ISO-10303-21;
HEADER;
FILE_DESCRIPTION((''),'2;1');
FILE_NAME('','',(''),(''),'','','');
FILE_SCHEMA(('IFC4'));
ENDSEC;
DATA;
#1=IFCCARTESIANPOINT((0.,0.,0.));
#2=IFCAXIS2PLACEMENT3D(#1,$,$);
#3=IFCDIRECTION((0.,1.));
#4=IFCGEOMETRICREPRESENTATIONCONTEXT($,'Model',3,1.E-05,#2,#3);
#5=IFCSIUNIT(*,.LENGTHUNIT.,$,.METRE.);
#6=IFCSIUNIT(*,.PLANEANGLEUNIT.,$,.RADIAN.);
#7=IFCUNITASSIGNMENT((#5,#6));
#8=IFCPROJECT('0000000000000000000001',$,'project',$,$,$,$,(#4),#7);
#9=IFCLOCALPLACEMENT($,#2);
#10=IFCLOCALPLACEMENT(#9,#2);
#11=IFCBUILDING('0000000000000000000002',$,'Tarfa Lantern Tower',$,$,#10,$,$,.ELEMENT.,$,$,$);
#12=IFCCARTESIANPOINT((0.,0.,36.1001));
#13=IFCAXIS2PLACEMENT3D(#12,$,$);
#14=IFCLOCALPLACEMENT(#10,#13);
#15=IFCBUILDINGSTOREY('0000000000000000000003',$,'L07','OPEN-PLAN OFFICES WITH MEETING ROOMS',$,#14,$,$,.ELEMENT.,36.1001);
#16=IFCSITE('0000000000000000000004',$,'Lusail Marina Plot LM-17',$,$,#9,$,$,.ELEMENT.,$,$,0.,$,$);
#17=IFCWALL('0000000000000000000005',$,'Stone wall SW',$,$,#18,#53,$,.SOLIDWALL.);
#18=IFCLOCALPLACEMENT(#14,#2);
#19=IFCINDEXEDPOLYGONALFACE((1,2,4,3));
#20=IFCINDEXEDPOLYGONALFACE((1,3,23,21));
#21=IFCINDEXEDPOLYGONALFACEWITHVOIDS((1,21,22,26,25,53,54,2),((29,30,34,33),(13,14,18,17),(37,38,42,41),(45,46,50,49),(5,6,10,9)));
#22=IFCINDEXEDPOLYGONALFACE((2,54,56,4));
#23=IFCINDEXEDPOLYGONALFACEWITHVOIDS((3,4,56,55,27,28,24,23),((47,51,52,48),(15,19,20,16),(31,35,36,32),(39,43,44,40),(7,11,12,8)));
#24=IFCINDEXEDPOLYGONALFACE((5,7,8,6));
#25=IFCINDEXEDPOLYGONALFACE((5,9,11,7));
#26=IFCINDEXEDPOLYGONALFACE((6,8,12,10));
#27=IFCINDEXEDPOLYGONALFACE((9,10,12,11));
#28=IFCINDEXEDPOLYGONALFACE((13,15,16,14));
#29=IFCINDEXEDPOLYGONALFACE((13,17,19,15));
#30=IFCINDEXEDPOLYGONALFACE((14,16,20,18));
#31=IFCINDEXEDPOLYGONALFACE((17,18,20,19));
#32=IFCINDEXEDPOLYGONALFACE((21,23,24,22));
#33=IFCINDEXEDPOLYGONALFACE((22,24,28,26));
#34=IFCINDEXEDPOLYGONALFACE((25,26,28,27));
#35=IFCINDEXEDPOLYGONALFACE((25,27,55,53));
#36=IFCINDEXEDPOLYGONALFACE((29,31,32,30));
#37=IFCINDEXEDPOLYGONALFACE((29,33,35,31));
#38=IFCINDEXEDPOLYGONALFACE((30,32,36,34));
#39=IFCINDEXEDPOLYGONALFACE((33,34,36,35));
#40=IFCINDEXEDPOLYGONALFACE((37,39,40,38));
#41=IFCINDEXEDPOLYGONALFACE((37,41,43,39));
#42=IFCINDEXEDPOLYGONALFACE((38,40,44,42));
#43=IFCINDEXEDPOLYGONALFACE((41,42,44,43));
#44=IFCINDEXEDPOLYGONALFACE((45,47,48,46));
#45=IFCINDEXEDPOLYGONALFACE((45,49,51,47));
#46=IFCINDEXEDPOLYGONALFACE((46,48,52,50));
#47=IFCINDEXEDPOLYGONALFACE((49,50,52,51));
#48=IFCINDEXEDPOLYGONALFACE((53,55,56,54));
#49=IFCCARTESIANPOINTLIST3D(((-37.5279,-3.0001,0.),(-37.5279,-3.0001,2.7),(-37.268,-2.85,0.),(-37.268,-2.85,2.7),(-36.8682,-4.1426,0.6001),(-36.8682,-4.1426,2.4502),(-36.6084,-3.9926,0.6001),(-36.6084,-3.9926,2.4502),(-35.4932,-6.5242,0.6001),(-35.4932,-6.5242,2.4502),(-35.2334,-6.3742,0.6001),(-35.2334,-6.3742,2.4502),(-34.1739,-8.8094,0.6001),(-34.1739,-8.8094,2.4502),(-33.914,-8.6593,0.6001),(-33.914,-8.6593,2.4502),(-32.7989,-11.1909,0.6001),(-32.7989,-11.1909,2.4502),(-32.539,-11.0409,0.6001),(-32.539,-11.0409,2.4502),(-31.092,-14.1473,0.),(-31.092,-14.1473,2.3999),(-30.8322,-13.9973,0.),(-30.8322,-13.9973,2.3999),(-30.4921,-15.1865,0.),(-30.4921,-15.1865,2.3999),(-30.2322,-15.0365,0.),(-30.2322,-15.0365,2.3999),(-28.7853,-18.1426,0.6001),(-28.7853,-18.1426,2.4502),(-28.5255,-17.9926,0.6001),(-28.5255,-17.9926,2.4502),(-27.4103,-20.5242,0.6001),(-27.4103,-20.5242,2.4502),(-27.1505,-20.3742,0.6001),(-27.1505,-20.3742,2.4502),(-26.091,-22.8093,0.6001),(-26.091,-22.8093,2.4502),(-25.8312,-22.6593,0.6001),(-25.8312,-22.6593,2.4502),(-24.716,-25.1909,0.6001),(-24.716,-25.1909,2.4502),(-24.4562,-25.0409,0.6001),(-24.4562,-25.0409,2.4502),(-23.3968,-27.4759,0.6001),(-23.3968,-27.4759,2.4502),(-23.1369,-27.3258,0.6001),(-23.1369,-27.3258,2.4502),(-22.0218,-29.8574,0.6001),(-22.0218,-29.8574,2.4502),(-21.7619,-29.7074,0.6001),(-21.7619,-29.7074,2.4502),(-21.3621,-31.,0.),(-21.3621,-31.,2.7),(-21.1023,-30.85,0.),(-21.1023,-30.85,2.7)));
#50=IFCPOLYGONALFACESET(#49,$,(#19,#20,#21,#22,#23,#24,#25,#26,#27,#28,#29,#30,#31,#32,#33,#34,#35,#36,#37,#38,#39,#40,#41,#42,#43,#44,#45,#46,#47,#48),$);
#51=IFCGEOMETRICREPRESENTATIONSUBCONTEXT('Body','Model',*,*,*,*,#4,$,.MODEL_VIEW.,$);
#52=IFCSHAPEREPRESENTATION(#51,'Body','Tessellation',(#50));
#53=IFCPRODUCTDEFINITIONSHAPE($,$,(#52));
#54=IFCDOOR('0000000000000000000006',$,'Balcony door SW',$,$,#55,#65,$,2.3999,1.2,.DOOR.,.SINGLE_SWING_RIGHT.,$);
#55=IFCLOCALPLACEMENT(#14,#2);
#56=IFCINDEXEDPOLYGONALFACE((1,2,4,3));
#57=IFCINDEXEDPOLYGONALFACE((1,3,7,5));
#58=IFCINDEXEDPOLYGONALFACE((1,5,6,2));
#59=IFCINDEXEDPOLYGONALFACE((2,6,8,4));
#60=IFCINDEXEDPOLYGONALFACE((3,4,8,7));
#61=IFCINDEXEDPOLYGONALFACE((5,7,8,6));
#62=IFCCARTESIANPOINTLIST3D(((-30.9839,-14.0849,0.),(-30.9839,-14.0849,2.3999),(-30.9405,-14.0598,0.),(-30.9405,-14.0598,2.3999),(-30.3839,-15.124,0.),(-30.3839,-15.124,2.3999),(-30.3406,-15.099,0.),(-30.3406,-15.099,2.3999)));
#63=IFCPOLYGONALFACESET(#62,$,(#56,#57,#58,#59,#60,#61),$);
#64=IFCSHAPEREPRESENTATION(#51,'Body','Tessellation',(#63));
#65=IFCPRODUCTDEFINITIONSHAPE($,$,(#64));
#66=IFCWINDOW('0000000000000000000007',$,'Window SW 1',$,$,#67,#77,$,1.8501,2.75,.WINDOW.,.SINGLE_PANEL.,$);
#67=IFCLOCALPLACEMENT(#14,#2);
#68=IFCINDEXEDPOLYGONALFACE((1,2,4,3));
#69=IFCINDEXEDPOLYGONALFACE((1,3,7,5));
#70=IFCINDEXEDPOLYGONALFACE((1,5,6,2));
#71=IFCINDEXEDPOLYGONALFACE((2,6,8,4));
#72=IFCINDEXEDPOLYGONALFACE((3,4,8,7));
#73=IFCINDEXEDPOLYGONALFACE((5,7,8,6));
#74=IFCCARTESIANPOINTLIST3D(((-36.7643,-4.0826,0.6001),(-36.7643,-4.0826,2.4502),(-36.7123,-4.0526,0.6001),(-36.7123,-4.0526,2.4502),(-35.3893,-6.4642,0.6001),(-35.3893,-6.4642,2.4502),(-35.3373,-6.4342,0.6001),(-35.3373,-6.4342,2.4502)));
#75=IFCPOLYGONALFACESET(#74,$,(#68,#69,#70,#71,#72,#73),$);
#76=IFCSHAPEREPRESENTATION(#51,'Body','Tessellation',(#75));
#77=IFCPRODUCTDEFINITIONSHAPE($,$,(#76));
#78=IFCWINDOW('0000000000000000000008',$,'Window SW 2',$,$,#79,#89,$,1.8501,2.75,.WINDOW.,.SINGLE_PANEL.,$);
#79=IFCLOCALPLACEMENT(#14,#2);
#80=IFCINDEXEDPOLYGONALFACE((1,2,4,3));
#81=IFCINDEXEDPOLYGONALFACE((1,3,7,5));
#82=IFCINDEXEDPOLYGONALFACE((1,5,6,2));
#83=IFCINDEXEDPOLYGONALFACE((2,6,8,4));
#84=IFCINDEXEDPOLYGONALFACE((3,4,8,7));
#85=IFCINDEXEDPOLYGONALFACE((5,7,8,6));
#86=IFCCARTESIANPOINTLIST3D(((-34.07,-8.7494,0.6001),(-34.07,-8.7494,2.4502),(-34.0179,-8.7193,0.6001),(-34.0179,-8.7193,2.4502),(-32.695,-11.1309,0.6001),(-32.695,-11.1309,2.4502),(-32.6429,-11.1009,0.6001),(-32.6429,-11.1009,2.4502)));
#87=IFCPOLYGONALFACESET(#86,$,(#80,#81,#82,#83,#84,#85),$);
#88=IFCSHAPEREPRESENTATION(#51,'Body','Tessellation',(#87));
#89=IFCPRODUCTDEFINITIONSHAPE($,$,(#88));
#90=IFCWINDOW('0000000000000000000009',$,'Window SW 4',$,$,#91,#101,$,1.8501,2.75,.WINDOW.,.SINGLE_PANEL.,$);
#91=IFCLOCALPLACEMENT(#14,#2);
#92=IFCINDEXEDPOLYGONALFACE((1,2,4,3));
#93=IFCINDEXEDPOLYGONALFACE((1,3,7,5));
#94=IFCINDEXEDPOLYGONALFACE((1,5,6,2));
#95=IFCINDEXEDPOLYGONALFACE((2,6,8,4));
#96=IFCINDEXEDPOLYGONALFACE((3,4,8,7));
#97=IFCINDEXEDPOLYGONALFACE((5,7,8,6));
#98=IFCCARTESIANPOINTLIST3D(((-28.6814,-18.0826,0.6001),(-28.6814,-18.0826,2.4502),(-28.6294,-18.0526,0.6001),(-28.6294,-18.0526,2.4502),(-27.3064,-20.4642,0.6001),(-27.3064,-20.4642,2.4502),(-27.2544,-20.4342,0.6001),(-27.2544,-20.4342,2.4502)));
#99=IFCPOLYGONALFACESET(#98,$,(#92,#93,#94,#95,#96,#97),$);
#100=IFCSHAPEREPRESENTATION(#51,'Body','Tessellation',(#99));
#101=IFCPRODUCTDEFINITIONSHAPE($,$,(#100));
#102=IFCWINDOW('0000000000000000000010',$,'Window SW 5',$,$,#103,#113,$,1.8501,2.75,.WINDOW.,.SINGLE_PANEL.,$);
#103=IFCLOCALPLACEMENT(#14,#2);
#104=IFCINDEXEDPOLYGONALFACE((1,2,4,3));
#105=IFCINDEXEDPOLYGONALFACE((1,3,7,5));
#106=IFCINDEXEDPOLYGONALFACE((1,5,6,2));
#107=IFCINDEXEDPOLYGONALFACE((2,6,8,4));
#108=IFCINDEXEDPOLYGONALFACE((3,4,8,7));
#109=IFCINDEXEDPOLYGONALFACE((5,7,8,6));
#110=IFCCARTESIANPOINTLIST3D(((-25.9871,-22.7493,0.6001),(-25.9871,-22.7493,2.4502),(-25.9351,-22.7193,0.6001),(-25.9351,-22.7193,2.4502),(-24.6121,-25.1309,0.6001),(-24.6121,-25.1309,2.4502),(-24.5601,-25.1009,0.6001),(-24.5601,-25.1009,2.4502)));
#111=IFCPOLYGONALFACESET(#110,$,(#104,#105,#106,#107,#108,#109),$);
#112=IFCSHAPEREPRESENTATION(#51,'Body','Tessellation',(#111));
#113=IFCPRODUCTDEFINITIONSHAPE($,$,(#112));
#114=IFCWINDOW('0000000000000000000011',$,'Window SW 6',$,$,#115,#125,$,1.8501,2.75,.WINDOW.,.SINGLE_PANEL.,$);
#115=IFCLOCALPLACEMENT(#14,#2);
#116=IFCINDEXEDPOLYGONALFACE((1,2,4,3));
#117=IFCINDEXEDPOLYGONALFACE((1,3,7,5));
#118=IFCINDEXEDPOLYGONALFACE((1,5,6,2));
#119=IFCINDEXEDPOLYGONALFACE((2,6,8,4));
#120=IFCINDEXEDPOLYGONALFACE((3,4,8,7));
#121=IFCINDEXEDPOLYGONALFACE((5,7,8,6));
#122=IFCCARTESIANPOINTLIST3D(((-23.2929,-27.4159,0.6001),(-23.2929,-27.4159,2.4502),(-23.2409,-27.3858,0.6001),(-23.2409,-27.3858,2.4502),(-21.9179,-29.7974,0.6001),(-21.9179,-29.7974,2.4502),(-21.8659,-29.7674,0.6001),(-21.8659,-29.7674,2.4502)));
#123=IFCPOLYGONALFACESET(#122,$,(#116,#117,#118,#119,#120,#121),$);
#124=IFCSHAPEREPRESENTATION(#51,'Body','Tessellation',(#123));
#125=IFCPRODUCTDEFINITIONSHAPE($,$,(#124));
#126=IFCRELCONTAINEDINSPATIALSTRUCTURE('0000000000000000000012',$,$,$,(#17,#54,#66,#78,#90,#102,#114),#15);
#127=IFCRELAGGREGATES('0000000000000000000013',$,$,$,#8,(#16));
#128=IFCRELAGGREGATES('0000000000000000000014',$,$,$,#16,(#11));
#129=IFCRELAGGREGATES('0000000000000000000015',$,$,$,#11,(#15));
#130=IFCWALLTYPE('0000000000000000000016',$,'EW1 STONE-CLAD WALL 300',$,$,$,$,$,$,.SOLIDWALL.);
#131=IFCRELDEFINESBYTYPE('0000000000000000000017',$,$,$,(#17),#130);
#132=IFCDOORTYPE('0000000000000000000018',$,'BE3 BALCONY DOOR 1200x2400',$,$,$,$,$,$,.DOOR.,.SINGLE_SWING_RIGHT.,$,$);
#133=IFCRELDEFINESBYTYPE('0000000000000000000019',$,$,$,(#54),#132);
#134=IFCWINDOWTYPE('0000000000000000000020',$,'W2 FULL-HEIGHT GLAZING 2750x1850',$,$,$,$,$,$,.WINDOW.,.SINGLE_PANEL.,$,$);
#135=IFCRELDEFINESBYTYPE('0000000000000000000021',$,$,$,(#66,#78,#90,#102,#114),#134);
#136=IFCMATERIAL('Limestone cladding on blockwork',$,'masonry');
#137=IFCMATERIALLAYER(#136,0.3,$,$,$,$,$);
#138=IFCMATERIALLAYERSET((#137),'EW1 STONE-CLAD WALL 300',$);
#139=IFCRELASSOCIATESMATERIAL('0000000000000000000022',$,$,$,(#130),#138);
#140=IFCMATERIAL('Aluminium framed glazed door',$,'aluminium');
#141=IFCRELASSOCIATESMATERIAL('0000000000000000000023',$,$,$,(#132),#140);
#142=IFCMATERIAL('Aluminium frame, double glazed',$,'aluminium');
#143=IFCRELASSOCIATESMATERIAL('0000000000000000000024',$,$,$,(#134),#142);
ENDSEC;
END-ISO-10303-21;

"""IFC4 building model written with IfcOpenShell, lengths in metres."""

from ifc_helpers import new_model, si_unit, direction, frame, frame_2d, origin, place, context, subcontext, project, spatial, rectangle, extrude, material, layer, layer_set, type_object, element, fill, save


model = new_model("IFC4")

# Units and contexts
model_context = context("Model", 3, precision=1e-05, world=origin(), true_north=direction((0.0, 1.0)))
body_context = subcontext(model_context, "Body", "Model", "MODEL_VIEW")
ifc_project = project(units=[si_unit("LENGTHUNIT", "METRE"), si_unit("PLANEANGLEUNIT", "RADIAN")], contexts=[model_context])

# Site, building, storey
site_placement = place(None, origin())
site = spatial("IfcSite", under=ifc_project, at=site_placement, Name="Lusail Marina Plot LM-17", CompositionType="ELEMENT", RefElevation=0.0)
building_placement = place(site_placement, origin())
building = spatial("IfcBuilding", under=site, at=building_placement, Name="Tarfa Lantern Tower", CompositionType="ELEMENT")
storey_placement = place(building_placement, frame((0.0, 0.0, 36.1001)))
storey = spatial("IfcBuildingStorey", under=building, at=storey_placement, Name="L07", Description="OPEN-PLAN OFFICES WITH MEETING ROOMS", CompositionType="ELEMENT", Elevation=36.1001)

# Wall, openings, door, windows
ifc_material_1 = material(Name="Limestone cladding on blockwork", Category="masonry")
ifc_layer_1 = layer(ifc_material_1, 0.3)
ifc_layer_set_1 = layer_set([ifc_layer_1], Name="EW1 STONE-CLAD WALL 300")
wall_type = type_object("IfcWallType", Name="EW1 STONE-CLAD WALL 300", PredefinedType="SOLIDWALL", material=ifc_layer_set_1)
wall_placement = place(storey_placement, frame((-37.3979, -2.925, 0.0), z_axis=(0.0, 0.0, 1.0), x_axis=(0.499999, -0.866026, 0.0)))
wall = element("IfcWall", 1, at=wall_placement, inside=storey, type_object=wall_type, Name="Stone wall SW", PredefinedType="SOLIDWALL", context=body_context, shape_type="SweptSolid", body=[
    extrude(rectangle(XDim=32.3315, YDim=0.3, at=frame_2d((16.1658, 0.0))), origin(), (0.0, 0.0, 1.0), 2.7),
])
opening_1_placement = place(wall_placement, frame((1.3193, 0.0, 0.6001)))
opening_1 = element("IfcOpeningElement", 2, at=opening_1_placement, cuts=wall, PredefinedType="OPENING", context=body_context, shape_type="SweptSolid", body=[
    extrude(rectangle(XDim=2.75, YDim=1.8501, at=frame_2d((1.375, 0.925))), frame((0.0, 0.1599, 0.0), z_axis=(0.0, -1.0, 0.0), x_axis=(1.0, 0.0, 0.0)), (0.0, 0.0, 1.0), 0.3201),
])
opening_2_placement = place(wall_placement, frame((6.708, 0.0, 0.6001)))
opening_2 = element("IfcOpeningElement", 3, at=opening_2_placement, cuts=wall, PredefinedType="OPENING", context=body_context, shape_type="SweptSolid", body=[
    extrude(rectangle(XDim=2.75, YDim=1.8501, at=frame_2d((1.375, 0.925))), frame((0.0, 0.1599, 0.0), z_axis=(0.0, -1.0, 0.0), x_axis=(1.0, 0.0, 0.0)), (0.0, 0.0, 1.0), 0.3201),
])
opening_3_placement = place(wall_placement, frame((12.8716, 0.0, 0.0)))
opening_3 = element("IfcOpeningElement", 4, at=opening_3_placement, cuts=wall, PredefinedType="OPENING", context=body_context, shape_type="SweptSolid", body=[
    extrude(rectangle(XDim=1.2, YDim=2.3999, at=frame_2d((0.6001, 1.2))), frame((0.0, 0.1599, 0.0), z_axis=(0.0, -1.0, 0.0), x_axis=(1.0, 0.0, 0.0)), (0.0, 0.0, 1.0), 0.3201),
])
opening_4_placement = place(wall_placement, frame((17.4851, 0.0, 0.6001)))
opening_4 = element("IfcOpeningElement", 5, at=opening_4_placement, cuts=wall, PredefinedType="OPENING", context=body_context, shape_type="SweptSolid", body=[
    extrude(rectangle(XDim=2.75, YDim=1.8501, at=frame_2d((1.375, 0.925))), frame((0.0, 0.1599, 0.0), z_axis=(0.0, -1.0, 0.0), x_axis=(1.0, 0.0, 0.0)), (0.0, 0.0, 1.0), 0.3201),
])
opening_5_placement = place(wall_placement, frame((22.8738, 0.0, 0.6001)))
opening_5 = element("IfcOpeningElement", 6, at=opening_5_placement, cuts=wall, PredefinedType="OPENING", context=body_context, shape_type="SweptSolid", body=[
    extrude(rectangle(XDim=2.75, YDim=1.8501, at=frame_2d((1.375, 0.925))), frame((0.0, 0.1599, 0.0), z_axis=(0.0, -1.0, 0.0), x_axis=(1.0, 0.0, 0.0)), (0.0, 0.0, 1.0), 0.3201),
])
opening_6_placement = place(wall_placement, frame((28.2622, 0.0, 0.6001)))
opening_6 = element("IfcOpeningElement", 7, at=opening_6_placement, cuts=wall, PredefinedType="OPENING", context=body_context, shape_type="SweptSolid", body=[
    extrude(rectangle(XDim=2.75, YDim=1.8501, at=frame_2d((1.375, 0.925))), frame((0.0, 0.1599, 0.0), z_axis=(0.0, -1.0, 0.0), x_axis=(1.0, 0.0, 0.0)), (0.0, 0.0, 1.0), 0.3201),
])
ifc_material_2 = material(Name="Aluminium framed glazed door", Category="aluminium")
door_type = type_object("IfcDoorType", Name="BE3 BALCONY DOOR 1200x2400", OperationType="SINGLE_SWING_RIGHT", PredefinedType="DOOR", material=ifc_material_2)
door_placement = place(opening_3_placement, origin())
door = element("IfcDoor", 8, at=door_placement, inside=storey, type_object=door_type, Name="Balcony door SW", OperationType="SINGLE_SWING_RIGHT", OverallHeight=2.3999, OverallWidth=1.2, PredefinedType="DOOR", context=body_context, shape_type="SweptSolid", body=[
    extrude(rectangle(XDim=1.2, YDim=2.3999, at=frame_2d((0.6001, 1.2))), frame((0.0, 0.0249, 0.0), z_axis=(0.0, -1.0, 0.0), x_axis=(1.0, 0.0, 0.0)), (0.0, 0.0, 1.0), 0.05),
])
fill(opening_3, door)
ifc_material_3 = material(Name="Aluminium frame, double glazed", Category="aluminium")
window_type = type_object("IfcWindowType", Name="W2 FULL-HEIGHT GLAZING 2750x1850", PartitioningType="SINGLE_PANEL", PredefinedType="WINDOW", material=ifc_material_3)
window_1_placement = place(opening_1_placement, origin())
window_1 = element("IfcWindow", 9, at=window_1_placement, inside=storey, type_object=window_type, Name="Window SW 1", OverallHeight=1.8501, OverallWidth=2.75, PartitioningType="SINGLE_PANEL", PredefinedType="WINDOW", context=body_context, shape_type="SweptSolid", body=[
    extrude(rectangle(XDim=2.75, YDim=1.8501, at=frame_2d((1.375, 0.925))), frame((0.0, 0.03, 0.0), z_axis=(0.0, -1.0, 0.0), x_axis=(1.0, 0.0, 0.0)), (0.0, 0.0, 1.0), 0.0601),
])
fill(opening_1, window_1)
window_2_placement = place(opening_2_placement, origin())
window_2 = element("IfcWindow", 10, at=window_2_placement, inside=storey, type_object=window_type, Name="Window SW 2", OverallHeight=1.8501, OverallWidth=2.75, PartitioningType="SINGLE_PANEL", PredefinedType="WINDOW", context=body_context, shape_type="SweptSolid", body=[
    extrude(rectangle(XDim=2.75, YDim=1.8501, at=frame_2d((1.375, 0.925))), frame((0.0, 0.03, 0.0), z_axis=(0.0, -1.0, 0.0), x_axis=(1.0, 0.0, 0.0)), (0.0, 0.0, 1.0), 0.0601),
])
fill(opening_2, window_2)
window_3_placement = place(opening_4_placement, origin())
window_3 = element("IfcWindow", 11, at=window_3_placement, inside=storey, type_object=window_type, Name="Window SW 4", OverallHeight=1.8501, OverallWidth=2.75, PartitioningType="SINGLE_PANEL", PredefinedType="WINDOW", context=body_context, shape_type="SweptSolid", body=[
    extrude(rectangle(XDim=2.75, YDim=1.8501, at=frame_2d((1.375, 0.925))), frame((0.0, 0.03, 0.0), z_axis=(0.0, -1.0, 0.0), x_axis=(1.0, 0.0, 0.0)), (0.0, 0.0, 1.0), 0.0601),
])
fill(opening_4, window_3)
window_4_placement = place(opening_5_placement, origin())
window_4 = element("IfcWindow", 12, at=window_4_placement, inside=storey, type_object=window_type, Name="Window SW 5", OverallHeight=1.8501, OverallWidth=2.75, PartitioningType="SINGLE_PANEL", PredefinedType="WINDOW", context=body_context, shape_type="SweptSolid", body=[
    extrude(rectangle(XDim=2.75, YDim=1.8501, at=frame_2d((1.375, 0.925))), frame((0.0, 0.03, 0.0), z_axis=(0.0, -1.0, 0.0), x_axis=(1.0, 0.0, 0.0)), (0.0, 0.0, 1.0), 0.0601),
])
fill(opening_5, window_4)
window_5_placement = place(opening_6_placement, origin())
window_5 = element("IfcWindow", 13, at=window_5_placement, inside=storey, type_object=window_type, Name="Window SW 6", OverallHeight=1.8501, OverallWidth=2.75, PartitioningType="SINGLE_PANEL", PredefinedType="WINDOW", context=body_context, shape_type="SweptSolid", body=[
    extrude(rectangle(XDim=2.75, YDim=1.8501, at=frame_2d((1.375, 0.925))), frame((0.0, 0.03, 0.0), z_axis=(0.0, -1.0, 0.0), x_axis=(1.0, 0.0, 0.0)), (0.0, 0.0, 1.0), 0.0601),
])
fill(opening_6, window_5)

save(model, "model.ifc")
